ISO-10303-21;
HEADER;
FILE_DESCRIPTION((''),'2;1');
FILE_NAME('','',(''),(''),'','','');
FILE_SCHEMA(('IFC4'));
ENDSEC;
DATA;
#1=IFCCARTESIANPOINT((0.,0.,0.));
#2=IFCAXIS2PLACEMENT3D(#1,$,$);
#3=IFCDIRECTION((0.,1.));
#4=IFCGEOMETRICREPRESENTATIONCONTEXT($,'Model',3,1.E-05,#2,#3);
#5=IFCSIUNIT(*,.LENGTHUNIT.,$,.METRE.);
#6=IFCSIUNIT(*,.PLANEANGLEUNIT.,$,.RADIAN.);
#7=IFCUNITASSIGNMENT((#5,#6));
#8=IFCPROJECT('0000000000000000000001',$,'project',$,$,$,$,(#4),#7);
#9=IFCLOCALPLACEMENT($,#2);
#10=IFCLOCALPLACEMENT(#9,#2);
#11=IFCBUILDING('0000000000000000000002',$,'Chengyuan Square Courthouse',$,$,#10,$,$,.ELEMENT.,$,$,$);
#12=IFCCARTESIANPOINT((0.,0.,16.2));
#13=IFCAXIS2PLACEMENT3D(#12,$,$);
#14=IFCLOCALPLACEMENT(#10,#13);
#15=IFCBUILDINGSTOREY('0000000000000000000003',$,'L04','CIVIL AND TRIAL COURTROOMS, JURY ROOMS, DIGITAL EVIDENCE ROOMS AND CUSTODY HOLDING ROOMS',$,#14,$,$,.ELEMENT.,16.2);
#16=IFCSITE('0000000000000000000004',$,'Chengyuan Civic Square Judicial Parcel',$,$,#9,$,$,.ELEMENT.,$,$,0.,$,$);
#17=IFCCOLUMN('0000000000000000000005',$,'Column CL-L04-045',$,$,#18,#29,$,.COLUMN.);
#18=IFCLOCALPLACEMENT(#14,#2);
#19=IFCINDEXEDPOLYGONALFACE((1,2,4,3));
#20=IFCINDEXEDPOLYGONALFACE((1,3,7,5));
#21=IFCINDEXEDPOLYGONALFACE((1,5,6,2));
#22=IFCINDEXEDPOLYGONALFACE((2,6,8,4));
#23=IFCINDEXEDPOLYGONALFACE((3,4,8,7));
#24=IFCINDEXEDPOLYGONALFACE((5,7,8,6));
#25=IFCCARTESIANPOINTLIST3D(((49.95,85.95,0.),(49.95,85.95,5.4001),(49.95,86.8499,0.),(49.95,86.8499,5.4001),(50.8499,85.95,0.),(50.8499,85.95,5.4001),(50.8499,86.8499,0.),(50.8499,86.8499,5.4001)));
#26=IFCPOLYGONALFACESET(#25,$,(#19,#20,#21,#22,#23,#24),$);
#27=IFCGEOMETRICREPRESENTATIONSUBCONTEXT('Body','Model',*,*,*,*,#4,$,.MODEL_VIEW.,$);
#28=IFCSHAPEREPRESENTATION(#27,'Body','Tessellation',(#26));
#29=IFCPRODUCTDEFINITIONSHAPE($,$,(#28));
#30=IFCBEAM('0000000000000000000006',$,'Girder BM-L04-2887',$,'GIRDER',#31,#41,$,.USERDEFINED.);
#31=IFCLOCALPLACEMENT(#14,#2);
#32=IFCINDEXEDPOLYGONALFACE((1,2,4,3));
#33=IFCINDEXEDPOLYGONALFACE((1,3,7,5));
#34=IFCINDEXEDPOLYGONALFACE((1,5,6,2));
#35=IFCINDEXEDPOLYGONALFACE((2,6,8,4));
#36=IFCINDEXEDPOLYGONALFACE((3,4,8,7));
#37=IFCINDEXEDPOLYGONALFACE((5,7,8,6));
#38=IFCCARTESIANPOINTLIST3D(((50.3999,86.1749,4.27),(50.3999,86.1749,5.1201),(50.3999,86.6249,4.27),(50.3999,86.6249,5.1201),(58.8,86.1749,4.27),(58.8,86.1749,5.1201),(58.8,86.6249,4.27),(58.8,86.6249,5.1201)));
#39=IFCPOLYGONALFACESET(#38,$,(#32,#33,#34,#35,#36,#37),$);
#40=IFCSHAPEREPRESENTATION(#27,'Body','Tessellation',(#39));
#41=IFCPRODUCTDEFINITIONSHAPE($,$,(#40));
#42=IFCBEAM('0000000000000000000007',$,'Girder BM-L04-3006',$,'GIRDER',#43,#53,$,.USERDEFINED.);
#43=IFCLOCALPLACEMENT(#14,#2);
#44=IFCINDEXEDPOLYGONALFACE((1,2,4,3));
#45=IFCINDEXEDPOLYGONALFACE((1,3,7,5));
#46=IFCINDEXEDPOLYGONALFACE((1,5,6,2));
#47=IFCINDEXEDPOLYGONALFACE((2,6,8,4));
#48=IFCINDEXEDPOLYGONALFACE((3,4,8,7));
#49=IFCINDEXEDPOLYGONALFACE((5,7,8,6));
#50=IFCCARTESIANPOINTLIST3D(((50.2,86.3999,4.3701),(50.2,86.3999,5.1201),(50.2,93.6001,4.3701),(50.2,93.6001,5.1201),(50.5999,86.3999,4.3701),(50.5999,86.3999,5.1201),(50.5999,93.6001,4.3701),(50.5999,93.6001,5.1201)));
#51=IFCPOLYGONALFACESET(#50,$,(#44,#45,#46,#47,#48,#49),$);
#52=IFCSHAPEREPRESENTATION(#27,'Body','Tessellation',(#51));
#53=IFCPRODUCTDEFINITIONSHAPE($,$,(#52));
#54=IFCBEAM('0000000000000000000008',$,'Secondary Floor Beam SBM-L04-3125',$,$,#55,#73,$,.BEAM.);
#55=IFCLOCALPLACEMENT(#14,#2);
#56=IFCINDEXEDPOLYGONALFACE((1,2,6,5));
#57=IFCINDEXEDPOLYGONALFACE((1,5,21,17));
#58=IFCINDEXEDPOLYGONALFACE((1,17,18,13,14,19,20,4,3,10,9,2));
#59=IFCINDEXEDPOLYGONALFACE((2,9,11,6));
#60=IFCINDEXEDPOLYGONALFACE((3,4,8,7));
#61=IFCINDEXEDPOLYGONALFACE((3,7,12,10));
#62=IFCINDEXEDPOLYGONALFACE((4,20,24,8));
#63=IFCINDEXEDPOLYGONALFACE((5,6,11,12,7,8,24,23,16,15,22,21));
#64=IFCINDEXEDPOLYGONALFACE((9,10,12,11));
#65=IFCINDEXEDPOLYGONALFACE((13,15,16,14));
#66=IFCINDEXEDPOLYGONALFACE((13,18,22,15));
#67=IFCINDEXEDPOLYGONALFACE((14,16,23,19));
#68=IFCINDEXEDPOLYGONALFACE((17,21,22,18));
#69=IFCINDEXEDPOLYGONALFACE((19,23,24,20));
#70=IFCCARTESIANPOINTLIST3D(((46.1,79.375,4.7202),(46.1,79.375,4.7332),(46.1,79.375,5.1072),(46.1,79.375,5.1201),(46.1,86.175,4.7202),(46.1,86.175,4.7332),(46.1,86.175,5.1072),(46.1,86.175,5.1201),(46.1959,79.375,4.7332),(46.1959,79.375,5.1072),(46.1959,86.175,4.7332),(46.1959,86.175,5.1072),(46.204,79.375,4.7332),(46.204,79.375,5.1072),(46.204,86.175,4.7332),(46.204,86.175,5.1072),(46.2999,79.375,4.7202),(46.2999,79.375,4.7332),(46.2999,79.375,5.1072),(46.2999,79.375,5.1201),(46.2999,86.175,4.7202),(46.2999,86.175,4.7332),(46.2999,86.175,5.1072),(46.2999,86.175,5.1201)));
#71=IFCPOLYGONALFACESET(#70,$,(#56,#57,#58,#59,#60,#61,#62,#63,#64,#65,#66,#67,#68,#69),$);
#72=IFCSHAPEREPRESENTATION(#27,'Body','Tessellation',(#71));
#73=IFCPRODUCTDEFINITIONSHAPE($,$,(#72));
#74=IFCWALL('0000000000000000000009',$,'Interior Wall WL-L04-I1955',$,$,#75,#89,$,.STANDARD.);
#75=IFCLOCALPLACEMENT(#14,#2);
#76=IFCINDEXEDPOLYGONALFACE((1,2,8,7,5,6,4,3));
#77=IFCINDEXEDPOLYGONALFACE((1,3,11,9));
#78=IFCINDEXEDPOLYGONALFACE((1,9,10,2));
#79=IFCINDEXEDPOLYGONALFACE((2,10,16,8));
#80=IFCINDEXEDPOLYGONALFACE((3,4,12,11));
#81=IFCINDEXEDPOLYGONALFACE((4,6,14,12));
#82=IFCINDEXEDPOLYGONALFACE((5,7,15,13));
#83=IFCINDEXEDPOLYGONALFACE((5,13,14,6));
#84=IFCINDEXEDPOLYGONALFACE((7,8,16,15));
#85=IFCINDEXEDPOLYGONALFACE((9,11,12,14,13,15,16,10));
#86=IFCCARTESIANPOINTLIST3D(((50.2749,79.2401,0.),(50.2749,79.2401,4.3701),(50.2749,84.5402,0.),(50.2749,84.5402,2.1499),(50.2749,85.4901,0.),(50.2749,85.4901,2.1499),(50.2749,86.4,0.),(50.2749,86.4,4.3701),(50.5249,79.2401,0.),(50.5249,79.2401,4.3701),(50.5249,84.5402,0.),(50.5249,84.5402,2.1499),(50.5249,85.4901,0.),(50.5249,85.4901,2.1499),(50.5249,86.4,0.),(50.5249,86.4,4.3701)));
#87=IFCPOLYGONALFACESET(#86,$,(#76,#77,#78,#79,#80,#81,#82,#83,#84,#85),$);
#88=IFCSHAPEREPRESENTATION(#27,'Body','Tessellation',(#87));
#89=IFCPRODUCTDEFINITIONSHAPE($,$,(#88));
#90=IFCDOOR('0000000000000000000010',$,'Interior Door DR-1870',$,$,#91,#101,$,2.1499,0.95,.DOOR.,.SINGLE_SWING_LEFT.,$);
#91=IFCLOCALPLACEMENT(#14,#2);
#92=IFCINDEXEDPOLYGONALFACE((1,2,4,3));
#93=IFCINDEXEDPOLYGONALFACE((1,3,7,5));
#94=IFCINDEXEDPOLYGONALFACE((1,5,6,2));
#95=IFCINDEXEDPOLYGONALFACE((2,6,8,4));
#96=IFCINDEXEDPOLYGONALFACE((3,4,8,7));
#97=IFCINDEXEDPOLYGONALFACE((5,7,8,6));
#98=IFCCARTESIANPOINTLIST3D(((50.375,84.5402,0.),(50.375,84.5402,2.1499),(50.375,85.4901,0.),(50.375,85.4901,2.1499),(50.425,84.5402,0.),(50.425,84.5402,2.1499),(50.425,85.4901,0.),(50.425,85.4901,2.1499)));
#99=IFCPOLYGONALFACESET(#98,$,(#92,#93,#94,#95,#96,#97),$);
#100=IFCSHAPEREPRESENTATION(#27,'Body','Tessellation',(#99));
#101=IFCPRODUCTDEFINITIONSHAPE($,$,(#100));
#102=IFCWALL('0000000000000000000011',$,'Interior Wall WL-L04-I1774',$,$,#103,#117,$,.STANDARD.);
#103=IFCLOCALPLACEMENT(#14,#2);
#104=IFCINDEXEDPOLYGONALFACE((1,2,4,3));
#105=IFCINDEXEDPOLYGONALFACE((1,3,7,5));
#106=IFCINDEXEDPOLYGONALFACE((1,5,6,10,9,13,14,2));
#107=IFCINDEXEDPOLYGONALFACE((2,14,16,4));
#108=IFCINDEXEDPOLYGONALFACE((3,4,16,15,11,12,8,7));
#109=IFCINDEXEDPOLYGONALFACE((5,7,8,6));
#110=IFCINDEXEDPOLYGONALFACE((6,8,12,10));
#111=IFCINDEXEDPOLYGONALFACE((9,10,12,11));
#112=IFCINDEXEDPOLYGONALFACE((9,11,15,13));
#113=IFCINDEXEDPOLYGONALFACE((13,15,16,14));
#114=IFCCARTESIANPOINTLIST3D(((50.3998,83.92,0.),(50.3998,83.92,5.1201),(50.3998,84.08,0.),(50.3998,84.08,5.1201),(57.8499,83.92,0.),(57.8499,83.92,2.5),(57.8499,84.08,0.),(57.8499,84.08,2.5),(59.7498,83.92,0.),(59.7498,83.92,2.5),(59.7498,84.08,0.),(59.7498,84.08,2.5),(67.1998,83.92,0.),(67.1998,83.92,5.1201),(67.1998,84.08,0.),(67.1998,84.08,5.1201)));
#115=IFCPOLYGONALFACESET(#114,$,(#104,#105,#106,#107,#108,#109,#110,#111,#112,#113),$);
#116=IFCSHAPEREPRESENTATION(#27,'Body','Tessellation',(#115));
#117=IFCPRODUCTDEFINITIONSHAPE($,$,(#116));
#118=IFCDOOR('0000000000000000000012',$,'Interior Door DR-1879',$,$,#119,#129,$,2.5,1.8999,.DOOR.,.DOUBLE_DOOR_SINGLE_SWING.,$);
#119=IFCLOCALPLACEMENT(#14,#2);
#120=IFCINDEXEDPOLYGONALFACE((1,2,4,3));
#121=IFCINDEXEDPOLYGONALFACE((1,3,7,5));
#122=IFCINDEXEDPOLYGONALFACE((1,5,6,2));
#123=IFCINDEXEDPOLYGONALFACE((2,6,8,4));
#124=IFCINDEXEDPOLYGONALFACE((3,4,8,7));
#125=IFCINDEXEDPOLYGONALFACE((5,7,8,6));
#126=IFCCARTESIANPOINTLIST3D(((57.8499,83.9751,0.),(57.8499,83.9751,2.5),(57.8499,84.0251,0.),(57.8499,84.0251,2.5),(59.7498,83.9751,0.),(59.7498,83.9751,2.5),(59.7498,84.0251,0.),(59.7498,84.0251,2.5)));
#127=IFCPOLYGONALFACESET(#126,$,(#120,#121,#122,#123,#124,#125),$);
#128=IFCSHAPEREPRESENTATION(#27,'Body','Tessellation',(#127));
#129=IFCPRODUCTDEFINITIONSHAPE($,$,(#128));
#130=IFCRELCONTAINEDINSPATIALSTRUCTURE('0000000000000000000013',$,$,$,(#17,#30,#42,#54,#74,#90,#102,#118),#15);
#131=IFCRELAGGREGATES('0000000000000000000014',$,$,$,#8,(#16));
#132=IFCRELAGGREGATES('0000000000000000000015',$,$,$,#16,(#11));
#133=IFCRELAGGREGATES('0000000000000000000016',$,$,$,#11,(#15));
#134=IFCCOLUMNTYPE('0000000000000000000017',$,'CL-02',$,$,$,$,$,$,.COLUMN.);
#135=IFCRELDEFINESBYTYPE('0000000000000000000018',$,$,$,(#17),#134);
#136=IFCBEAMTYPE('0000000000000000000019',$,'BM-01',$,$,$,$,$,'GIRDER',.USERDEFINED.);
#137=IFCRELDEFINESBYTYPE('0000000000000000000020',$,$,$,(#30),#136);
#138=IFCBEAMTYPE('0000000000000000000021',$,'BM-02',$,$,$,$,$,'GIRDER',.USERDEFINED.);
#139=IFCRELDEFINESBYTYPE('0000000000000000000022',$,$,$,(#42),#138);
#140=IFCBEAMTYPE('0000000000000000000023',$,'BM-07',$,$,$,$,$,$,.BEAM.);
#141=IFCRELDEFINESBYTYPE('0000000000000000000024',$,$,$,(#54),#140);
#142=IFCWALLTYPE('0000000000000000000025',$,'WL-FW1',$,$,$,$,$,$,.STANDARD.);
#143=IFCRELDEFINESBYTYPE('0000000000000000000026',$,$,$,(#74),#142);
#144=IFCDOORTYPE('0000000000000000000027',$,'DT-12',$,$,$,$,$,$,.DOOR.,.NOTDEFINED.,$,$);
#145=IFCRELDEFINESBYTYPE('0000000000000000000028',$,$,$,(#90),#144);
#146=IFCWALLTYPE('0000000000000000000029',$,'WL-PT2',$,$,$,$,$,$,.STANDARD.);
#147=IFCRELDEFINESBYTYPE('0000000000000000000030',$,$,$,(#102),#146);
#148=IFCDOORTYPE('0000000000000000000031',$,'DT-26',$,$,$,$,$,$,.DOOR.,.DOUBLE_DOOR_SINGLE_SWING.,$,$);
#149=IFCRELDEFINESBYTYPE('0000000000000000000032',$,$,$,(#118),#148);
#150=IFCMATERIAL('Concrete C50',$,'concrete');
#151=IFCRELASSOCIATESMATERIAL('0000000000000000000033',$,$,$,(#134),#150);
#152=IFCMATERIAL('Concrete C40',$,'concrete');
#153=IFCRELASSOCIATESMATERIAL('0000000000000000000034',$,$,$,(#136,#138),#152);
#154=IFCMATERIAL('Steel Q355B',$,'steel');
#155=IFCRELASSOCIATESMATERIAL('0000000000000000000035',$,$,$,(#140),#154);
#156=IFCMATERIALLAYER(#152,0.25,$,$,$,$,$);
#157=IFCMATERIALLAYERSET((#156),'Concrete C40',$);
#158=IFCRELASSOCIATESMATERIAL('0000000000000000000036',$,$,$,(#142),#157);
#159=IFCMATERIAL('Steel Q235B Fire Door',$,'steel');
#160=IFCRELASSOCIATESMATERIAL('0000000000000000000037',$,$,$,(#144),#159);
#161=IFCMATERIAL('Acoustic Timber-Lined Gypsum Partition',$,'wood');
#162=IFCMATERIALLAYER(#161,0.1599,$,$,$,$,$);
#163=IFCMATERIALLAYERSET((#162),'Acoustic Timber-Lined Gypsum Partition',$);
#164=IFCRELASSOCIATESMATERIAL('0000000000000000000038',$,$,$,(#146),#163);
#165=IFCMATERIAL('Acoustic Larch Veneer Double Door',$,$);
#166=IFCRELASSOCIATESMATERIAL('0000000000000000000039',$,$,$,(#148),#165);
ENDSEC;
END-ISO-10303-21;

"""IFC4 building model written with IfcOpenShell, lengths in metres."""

from ifc_helpers import new_model, si_unit, direction, frame, frame_2d, origin, origin_2d, place, context, subcontext, project, spatial, rectangle, i_section, extrude, material, layer, layer_set, material_profile, profile_set, type_object, element, fill, save


model = new_model("IFC4")

# Units and contexts
model_context = context("Model", 3, precision=1e-05, world=origin(), true_north=direction((0.0, 1.0)))
body_context = subcontext(model_context, "Body", "Model", "MODEL_VIEW")
ifc_project = project(units=[si_unit("LENGTHUNIT", "METRE"), si_unit("PLANEANGLEUNIT", "RADIAN")], contexts=[model_context])

# Site, building, storey
site_placement = place(None, origin())
site = spatial("IfcSite", under=ifc_project, at=site_placement, Name="Chengyuan Civic Square Judicial Parcel", CompositionType="ELEMENT", RefElevation=0.0)
building_placement = place(site_placement, origin())
building = spatial("IfcBuilding", under=site, at=building_placement, Name="Chengyuan Square Courthouse", CompositionType="ELEMENT")
storey_placement = place(building_placement, frame((0.0, 0.0, 16.2)))
storey = spatial("IfcBuildingStorey", under=building, at=storey_placement, Name="L04", Description="CIVIL AND TRIAL COURTROOMS, JURY ROOMS, DIGITAL EVIDENCE ROOMS AND CUSTODY HOLDING ROOMS", CompositionType="ELEMENT", Elevation=16.2)

# Column
ifc_material_1 = material(Name="Concrete C50", Category="concrete")
ifc_material_profile_1 = material_profile(ifc_material_1, rectangle(XDim=0.8999, YDim=0.8999, at=origin_2d()), Name="RC-COL-900x900")
ifc_profile_set_1 = profile_set([ifc_material_profile_1], Name="Concrete C50")
column_type = type_object("IfcColumnType", Name="CL-02", PredefinedType="COLUMN", material=ifc_profile_set_1)
column_placement = place(storey_placement, frame((50.3999, 86.3999, 0.0), z_axis=(0.0, 0.0, 1.0), x_axis=(1.0, 0.0, 0.0)))
element("IfcColumn", 1, at=column_placement, inside=storey, type_object=column_type, Name="Column CL-L04-045", PredefinedType="COLUMN", context=body_context, shape_type="SweptSolid", body=[
    extrude(rectangle(XDim=0.8999, YDim=0.8999, at=origin_2d()), origin(), (0.0, 0.0, 1.0), 5.4001),
])

# Beams
ifc_material_2 = material(Name="Concrete C40", Category="concrete")
ifc_material_profile_2 = material_profile(ifc_material_2, rectangle(XDim=0.45, YDim=0.8501, at=origin_2d()), Name="RC-BM-450x850")
ifc_profile_set_2 = profile_set([ifc_material_profile_2], Name="Concrete C40")
beam_type_1 = type_object("IfcBeamType", Name="BM-01", ElementType="GIRDER", PredefinedType="USERDEFINED", material=ifc_profile_set_2)
beam_1_placement = place(storey_placement, frame((50.3999, 86.3999, 4.6951), z_axis=(1.0, 0.0, 0.0), x_axis=(0.0, 1.0, 0.0)))
element("IfcBeam", 2, at=beam_1_placement, inside=storey, type_object=beam_type_1, Name="Girder BM-L04-2887", ObjectType="GIRDER", PredefinedType="USERDEFINED", context=body_context, shape_type="SweptSolid", body=[
    extrude(rectangle(XDim=0.45, YDim=0.8501, at=origin_2d()), origin(), (0.0, 0.0, 1.0), 8.4001),
])
ifc_material_profile_3 = material_profile(ifc_material_2, rectangle(XDim=0.3999, YDim=0.75, at=origin_2d()), Name="RC-BM-400x750")
ifc_profile_set_3 = profile_set([ifc_material_profile_3], Name="Concrete C40")
beam_type_2 = type_object("IfcBeamType", Name="BM-02", ElementType="GIRDER", PredefinedType="USERDEFINED", material=ifc_profile_set_3)
beam_2_placement = place(storey_placement, frame((50.3999, 86.3999, 4.7451), z_axis=(0.0, 1.0, 0.0), x_axis=(-1.0, 0.0, 0.0)))
element("IfcBeam", 3, at=beam_2_placement, inside=storey, type_object=beam_type_2, Name="Girder BM-L04-3006", ObjectType="GIRDER", PredefinedType="USERDEFINED", context=body_context, shape_type="SweptSolid", body=[
    extrude(rectangle(XDim=0.3999, YDim=0.75, at=origin_2d()), origin(), (0.0, 0.0, 1.0), 7.2002),
])
ifc_material_3 = material(Name="Steel Q355B", Category="steel")
ifc_material_profile_4 = material_profile(ifc_material_3, i_section(OverallWidth=0.2, OverallDepth=0.3999, WebThickness=0.0081, FlangeThickness=0.0129, at=origin_2d()), Name="HN 400x200x8x13")
ifc_profile_set_4 = profile_set([ifc_material_profile_4], Name="Steel Q355B")
beam_type_3 = type_object("IfcBeamType", Name="BM-07", PredefinedType="BEAM", material=ifc_profile_set_4)
beam_3_placement = place(storey_placement, frame((46.2, 79.375, 4.9202), z_axis=(0.0, 1.0, 0.0), x_axis=(-1.0, 0.0, 0.0)))
element("IfcBeam", 4, at=beam_3_placement, inside=storey, type_object=beam_type_3, Name="Secondary Floor Beam SBM-L04-3125", PredefinedType="BEAM", context=body_context, shape_type="SweptSolid", body=[
    extrude(i_section(OverallWidth=0.2, OverallDepth=0.3999, WebThickness=0.0081, FlangeThickness=0.0129, at=origin_2d()), origin(), (0.0, 0.0, 1.0), 6.8),
])

# Walls, openings, doors
ifc_layer_1 = layer(ifc_material_2, 0.25)
ifc_layer_set_1 = layer_set([ifc_layer_1], Name="Concrete C40")
wall_type_1 = type_object("IfcWallType", Name="WL-FW1", PredefinedType="STANDARD", material=ifc_layer_set_1)
wall_1_placement = place(storey_placement, frame((50.3999, 79.24, 0.0), z_axis=(0.0, 0.0, 1.0), x_axis=(0.0, 1.0, 0.0)))
wall_1 = element("IfcWall", 5, at=wall_1_placement, inside=storey, type_object=wall_type_1, Name="Interior Wall WL-L04-I1955", PredefinedType="STANDARD", context=body_context, shape_type="SweptSolid", body=[
    extrude(rectangle(XDim=7.1599, YDim=0.25, at=frame_2d((3.5801, 0.0))), origin(), (0.0, 0.0, 1.0), 4.3701),
])
opening_1_placement = place(wall_1_placement, frame((5.3, 0.0, 0.0)))
opening_1 = element("IfcOpeningElement", 6, at=opening_1_placement, cuts=wall_1, PredefinedType="OPENING", context=body_context, shape_type="SweptSolid", body=[
    extrude(rectangle(XDim=0.95, YDim=2.1499, at=frame_2d((0.4751, 1.075))), frame((0.0, 0.137, 0.0), z_axis=(0.0, -1.0, 0.0), x_axis=(1.0, 0.0, 0.0)), (0.0, 0.0, 1.0), 0.2739),
])
ifc_material_4 = material(Name="Steel Q235B Fire Door", Category="steel")
door_type_1 = type_object("IfcDoorType", Name="DT-12", OperationType="NOTDEFINED", PredefinedType="DOOR", material=ifc_material_4)
door_1_placement = place(opening_1_placement, origin())
door_1 = element("IfcDoor", 7, at=door_1_placement, inside=storey, type_object=door_type_1, Name="Interior Door DR-1870", OperationType="SINGLE_SWING_LEFT", OverallHeight=2.1499, OverallWidth=0.95, PredefinedType="DOOR", context=body_context, shape_type="SweptSolid", body=[
    extrude(rectangle(XDim=0.95, YDim=2.1499, at=frame_2d((0.4751, 1.075))), frame((0.0, 0.0249, 0.0), z_axis=(0.0, -1.0, 0.0), x_axis=(1.0, 0.0, 0.0)), (0.0, 0.0, 1.0), 0.05),
])
fill(opening_1, door_1)
ifc_material_5 = material(Name="Acoustic Timber-Lined Gypsum Partition", Category="wood")
ifc_layer_2 = layer(ifc_material_5, 0.1599)
ifc_layer_set_2 = layer_set([ifc_layer_2], Name="Acoustic Timber-Lined Gypsum Partition")
wall_type_2 = type_object("IfcWallType", Name="WL-PT2", PredefinedType="STANDARD", material=ifc_layer_set_2)
wall_2_placement = place(storey_placement, frame((50.3999, 84.0, 0.0), z_axis=(0.0, 0.0, 1.0), x_axis=(1.0, 0.0, 0.0)))
wall_2 = element("IfcWall", 8, at=wall_2_placement, inside=storey, type_object=wall_type_2, Name="Interior Wall WL-L04-I1774", PredefinedType="STANDARD", context=body_context, shape_type="SweptSolid", body=[
    extrude(rectangle(XDim=16.8, YDim=0.1599, at=frame_2d((8.3999, 0.0))), origin(), (0.0, 0.0, 1.0), 5.1201),
])
opening_2_placement = place(wall_2_placement, frame((7.45, 0.0, 0.0)))
opening_2 = element("IfcOpeningElement", 9, at=opening_2_placement, cuts=wall_2, PredefinedType="OPENING", context=body_context, shape_type="SweptSolid", body=[
    extrude(rectangle(XDim=1.8999, YDim=2.5, at=frame_2d((0.95, 1.25))), frame((0.0, 0.092, 0.0), z_axis=(0.0, -1.0, 0.0), x_axis=(1.0, 0.0, 0.0)), (0.0, 0.0, 1.0), 0.1838),
])
ifc_material_6 = material(Name="Acoustic Larch Veneer Double Door")
door_type_2 = type_object("IfcDoorType", Name="DT-26", OperationType="DOUBLE_DOOR_SINGLE_SWING", PredefinedType="DOOR", material=ifc_material_6)
door_2_placement = place(opening_2_placement, frame((1.8999, 0.0, 0.0), z_axis=(0.0, 0.0, 1.0), x_axis=(-1.0, 0.0, 0.0)))
door_2 = element("IfcDoor", 10, at=door_2_placement, inside=storey, type_object=door_type_2, Name="Interior Door DR-1879", OperationType="DOUBLE_DOOR_SINGLE_SWING", OverallHeight=2.5, OverallWidth=1.8999, PredefinedType="DOOR", context=body_context, shape_type="SweptSolid", body=[
    extrude(rectangle(XDim=1.8999, YDim=2.5, at=frame_2d((0.95, 1.25))), frame((0.0, 0.0249, 0.0), z_axis=(0.0, -1.0, 0.0), x_axis=(1.0, 0.0, 0.0)), (0.0, 0.0, 1.0), 0.05),
])
fill(opening_2, door_2)

save(model, "model.ifc")
